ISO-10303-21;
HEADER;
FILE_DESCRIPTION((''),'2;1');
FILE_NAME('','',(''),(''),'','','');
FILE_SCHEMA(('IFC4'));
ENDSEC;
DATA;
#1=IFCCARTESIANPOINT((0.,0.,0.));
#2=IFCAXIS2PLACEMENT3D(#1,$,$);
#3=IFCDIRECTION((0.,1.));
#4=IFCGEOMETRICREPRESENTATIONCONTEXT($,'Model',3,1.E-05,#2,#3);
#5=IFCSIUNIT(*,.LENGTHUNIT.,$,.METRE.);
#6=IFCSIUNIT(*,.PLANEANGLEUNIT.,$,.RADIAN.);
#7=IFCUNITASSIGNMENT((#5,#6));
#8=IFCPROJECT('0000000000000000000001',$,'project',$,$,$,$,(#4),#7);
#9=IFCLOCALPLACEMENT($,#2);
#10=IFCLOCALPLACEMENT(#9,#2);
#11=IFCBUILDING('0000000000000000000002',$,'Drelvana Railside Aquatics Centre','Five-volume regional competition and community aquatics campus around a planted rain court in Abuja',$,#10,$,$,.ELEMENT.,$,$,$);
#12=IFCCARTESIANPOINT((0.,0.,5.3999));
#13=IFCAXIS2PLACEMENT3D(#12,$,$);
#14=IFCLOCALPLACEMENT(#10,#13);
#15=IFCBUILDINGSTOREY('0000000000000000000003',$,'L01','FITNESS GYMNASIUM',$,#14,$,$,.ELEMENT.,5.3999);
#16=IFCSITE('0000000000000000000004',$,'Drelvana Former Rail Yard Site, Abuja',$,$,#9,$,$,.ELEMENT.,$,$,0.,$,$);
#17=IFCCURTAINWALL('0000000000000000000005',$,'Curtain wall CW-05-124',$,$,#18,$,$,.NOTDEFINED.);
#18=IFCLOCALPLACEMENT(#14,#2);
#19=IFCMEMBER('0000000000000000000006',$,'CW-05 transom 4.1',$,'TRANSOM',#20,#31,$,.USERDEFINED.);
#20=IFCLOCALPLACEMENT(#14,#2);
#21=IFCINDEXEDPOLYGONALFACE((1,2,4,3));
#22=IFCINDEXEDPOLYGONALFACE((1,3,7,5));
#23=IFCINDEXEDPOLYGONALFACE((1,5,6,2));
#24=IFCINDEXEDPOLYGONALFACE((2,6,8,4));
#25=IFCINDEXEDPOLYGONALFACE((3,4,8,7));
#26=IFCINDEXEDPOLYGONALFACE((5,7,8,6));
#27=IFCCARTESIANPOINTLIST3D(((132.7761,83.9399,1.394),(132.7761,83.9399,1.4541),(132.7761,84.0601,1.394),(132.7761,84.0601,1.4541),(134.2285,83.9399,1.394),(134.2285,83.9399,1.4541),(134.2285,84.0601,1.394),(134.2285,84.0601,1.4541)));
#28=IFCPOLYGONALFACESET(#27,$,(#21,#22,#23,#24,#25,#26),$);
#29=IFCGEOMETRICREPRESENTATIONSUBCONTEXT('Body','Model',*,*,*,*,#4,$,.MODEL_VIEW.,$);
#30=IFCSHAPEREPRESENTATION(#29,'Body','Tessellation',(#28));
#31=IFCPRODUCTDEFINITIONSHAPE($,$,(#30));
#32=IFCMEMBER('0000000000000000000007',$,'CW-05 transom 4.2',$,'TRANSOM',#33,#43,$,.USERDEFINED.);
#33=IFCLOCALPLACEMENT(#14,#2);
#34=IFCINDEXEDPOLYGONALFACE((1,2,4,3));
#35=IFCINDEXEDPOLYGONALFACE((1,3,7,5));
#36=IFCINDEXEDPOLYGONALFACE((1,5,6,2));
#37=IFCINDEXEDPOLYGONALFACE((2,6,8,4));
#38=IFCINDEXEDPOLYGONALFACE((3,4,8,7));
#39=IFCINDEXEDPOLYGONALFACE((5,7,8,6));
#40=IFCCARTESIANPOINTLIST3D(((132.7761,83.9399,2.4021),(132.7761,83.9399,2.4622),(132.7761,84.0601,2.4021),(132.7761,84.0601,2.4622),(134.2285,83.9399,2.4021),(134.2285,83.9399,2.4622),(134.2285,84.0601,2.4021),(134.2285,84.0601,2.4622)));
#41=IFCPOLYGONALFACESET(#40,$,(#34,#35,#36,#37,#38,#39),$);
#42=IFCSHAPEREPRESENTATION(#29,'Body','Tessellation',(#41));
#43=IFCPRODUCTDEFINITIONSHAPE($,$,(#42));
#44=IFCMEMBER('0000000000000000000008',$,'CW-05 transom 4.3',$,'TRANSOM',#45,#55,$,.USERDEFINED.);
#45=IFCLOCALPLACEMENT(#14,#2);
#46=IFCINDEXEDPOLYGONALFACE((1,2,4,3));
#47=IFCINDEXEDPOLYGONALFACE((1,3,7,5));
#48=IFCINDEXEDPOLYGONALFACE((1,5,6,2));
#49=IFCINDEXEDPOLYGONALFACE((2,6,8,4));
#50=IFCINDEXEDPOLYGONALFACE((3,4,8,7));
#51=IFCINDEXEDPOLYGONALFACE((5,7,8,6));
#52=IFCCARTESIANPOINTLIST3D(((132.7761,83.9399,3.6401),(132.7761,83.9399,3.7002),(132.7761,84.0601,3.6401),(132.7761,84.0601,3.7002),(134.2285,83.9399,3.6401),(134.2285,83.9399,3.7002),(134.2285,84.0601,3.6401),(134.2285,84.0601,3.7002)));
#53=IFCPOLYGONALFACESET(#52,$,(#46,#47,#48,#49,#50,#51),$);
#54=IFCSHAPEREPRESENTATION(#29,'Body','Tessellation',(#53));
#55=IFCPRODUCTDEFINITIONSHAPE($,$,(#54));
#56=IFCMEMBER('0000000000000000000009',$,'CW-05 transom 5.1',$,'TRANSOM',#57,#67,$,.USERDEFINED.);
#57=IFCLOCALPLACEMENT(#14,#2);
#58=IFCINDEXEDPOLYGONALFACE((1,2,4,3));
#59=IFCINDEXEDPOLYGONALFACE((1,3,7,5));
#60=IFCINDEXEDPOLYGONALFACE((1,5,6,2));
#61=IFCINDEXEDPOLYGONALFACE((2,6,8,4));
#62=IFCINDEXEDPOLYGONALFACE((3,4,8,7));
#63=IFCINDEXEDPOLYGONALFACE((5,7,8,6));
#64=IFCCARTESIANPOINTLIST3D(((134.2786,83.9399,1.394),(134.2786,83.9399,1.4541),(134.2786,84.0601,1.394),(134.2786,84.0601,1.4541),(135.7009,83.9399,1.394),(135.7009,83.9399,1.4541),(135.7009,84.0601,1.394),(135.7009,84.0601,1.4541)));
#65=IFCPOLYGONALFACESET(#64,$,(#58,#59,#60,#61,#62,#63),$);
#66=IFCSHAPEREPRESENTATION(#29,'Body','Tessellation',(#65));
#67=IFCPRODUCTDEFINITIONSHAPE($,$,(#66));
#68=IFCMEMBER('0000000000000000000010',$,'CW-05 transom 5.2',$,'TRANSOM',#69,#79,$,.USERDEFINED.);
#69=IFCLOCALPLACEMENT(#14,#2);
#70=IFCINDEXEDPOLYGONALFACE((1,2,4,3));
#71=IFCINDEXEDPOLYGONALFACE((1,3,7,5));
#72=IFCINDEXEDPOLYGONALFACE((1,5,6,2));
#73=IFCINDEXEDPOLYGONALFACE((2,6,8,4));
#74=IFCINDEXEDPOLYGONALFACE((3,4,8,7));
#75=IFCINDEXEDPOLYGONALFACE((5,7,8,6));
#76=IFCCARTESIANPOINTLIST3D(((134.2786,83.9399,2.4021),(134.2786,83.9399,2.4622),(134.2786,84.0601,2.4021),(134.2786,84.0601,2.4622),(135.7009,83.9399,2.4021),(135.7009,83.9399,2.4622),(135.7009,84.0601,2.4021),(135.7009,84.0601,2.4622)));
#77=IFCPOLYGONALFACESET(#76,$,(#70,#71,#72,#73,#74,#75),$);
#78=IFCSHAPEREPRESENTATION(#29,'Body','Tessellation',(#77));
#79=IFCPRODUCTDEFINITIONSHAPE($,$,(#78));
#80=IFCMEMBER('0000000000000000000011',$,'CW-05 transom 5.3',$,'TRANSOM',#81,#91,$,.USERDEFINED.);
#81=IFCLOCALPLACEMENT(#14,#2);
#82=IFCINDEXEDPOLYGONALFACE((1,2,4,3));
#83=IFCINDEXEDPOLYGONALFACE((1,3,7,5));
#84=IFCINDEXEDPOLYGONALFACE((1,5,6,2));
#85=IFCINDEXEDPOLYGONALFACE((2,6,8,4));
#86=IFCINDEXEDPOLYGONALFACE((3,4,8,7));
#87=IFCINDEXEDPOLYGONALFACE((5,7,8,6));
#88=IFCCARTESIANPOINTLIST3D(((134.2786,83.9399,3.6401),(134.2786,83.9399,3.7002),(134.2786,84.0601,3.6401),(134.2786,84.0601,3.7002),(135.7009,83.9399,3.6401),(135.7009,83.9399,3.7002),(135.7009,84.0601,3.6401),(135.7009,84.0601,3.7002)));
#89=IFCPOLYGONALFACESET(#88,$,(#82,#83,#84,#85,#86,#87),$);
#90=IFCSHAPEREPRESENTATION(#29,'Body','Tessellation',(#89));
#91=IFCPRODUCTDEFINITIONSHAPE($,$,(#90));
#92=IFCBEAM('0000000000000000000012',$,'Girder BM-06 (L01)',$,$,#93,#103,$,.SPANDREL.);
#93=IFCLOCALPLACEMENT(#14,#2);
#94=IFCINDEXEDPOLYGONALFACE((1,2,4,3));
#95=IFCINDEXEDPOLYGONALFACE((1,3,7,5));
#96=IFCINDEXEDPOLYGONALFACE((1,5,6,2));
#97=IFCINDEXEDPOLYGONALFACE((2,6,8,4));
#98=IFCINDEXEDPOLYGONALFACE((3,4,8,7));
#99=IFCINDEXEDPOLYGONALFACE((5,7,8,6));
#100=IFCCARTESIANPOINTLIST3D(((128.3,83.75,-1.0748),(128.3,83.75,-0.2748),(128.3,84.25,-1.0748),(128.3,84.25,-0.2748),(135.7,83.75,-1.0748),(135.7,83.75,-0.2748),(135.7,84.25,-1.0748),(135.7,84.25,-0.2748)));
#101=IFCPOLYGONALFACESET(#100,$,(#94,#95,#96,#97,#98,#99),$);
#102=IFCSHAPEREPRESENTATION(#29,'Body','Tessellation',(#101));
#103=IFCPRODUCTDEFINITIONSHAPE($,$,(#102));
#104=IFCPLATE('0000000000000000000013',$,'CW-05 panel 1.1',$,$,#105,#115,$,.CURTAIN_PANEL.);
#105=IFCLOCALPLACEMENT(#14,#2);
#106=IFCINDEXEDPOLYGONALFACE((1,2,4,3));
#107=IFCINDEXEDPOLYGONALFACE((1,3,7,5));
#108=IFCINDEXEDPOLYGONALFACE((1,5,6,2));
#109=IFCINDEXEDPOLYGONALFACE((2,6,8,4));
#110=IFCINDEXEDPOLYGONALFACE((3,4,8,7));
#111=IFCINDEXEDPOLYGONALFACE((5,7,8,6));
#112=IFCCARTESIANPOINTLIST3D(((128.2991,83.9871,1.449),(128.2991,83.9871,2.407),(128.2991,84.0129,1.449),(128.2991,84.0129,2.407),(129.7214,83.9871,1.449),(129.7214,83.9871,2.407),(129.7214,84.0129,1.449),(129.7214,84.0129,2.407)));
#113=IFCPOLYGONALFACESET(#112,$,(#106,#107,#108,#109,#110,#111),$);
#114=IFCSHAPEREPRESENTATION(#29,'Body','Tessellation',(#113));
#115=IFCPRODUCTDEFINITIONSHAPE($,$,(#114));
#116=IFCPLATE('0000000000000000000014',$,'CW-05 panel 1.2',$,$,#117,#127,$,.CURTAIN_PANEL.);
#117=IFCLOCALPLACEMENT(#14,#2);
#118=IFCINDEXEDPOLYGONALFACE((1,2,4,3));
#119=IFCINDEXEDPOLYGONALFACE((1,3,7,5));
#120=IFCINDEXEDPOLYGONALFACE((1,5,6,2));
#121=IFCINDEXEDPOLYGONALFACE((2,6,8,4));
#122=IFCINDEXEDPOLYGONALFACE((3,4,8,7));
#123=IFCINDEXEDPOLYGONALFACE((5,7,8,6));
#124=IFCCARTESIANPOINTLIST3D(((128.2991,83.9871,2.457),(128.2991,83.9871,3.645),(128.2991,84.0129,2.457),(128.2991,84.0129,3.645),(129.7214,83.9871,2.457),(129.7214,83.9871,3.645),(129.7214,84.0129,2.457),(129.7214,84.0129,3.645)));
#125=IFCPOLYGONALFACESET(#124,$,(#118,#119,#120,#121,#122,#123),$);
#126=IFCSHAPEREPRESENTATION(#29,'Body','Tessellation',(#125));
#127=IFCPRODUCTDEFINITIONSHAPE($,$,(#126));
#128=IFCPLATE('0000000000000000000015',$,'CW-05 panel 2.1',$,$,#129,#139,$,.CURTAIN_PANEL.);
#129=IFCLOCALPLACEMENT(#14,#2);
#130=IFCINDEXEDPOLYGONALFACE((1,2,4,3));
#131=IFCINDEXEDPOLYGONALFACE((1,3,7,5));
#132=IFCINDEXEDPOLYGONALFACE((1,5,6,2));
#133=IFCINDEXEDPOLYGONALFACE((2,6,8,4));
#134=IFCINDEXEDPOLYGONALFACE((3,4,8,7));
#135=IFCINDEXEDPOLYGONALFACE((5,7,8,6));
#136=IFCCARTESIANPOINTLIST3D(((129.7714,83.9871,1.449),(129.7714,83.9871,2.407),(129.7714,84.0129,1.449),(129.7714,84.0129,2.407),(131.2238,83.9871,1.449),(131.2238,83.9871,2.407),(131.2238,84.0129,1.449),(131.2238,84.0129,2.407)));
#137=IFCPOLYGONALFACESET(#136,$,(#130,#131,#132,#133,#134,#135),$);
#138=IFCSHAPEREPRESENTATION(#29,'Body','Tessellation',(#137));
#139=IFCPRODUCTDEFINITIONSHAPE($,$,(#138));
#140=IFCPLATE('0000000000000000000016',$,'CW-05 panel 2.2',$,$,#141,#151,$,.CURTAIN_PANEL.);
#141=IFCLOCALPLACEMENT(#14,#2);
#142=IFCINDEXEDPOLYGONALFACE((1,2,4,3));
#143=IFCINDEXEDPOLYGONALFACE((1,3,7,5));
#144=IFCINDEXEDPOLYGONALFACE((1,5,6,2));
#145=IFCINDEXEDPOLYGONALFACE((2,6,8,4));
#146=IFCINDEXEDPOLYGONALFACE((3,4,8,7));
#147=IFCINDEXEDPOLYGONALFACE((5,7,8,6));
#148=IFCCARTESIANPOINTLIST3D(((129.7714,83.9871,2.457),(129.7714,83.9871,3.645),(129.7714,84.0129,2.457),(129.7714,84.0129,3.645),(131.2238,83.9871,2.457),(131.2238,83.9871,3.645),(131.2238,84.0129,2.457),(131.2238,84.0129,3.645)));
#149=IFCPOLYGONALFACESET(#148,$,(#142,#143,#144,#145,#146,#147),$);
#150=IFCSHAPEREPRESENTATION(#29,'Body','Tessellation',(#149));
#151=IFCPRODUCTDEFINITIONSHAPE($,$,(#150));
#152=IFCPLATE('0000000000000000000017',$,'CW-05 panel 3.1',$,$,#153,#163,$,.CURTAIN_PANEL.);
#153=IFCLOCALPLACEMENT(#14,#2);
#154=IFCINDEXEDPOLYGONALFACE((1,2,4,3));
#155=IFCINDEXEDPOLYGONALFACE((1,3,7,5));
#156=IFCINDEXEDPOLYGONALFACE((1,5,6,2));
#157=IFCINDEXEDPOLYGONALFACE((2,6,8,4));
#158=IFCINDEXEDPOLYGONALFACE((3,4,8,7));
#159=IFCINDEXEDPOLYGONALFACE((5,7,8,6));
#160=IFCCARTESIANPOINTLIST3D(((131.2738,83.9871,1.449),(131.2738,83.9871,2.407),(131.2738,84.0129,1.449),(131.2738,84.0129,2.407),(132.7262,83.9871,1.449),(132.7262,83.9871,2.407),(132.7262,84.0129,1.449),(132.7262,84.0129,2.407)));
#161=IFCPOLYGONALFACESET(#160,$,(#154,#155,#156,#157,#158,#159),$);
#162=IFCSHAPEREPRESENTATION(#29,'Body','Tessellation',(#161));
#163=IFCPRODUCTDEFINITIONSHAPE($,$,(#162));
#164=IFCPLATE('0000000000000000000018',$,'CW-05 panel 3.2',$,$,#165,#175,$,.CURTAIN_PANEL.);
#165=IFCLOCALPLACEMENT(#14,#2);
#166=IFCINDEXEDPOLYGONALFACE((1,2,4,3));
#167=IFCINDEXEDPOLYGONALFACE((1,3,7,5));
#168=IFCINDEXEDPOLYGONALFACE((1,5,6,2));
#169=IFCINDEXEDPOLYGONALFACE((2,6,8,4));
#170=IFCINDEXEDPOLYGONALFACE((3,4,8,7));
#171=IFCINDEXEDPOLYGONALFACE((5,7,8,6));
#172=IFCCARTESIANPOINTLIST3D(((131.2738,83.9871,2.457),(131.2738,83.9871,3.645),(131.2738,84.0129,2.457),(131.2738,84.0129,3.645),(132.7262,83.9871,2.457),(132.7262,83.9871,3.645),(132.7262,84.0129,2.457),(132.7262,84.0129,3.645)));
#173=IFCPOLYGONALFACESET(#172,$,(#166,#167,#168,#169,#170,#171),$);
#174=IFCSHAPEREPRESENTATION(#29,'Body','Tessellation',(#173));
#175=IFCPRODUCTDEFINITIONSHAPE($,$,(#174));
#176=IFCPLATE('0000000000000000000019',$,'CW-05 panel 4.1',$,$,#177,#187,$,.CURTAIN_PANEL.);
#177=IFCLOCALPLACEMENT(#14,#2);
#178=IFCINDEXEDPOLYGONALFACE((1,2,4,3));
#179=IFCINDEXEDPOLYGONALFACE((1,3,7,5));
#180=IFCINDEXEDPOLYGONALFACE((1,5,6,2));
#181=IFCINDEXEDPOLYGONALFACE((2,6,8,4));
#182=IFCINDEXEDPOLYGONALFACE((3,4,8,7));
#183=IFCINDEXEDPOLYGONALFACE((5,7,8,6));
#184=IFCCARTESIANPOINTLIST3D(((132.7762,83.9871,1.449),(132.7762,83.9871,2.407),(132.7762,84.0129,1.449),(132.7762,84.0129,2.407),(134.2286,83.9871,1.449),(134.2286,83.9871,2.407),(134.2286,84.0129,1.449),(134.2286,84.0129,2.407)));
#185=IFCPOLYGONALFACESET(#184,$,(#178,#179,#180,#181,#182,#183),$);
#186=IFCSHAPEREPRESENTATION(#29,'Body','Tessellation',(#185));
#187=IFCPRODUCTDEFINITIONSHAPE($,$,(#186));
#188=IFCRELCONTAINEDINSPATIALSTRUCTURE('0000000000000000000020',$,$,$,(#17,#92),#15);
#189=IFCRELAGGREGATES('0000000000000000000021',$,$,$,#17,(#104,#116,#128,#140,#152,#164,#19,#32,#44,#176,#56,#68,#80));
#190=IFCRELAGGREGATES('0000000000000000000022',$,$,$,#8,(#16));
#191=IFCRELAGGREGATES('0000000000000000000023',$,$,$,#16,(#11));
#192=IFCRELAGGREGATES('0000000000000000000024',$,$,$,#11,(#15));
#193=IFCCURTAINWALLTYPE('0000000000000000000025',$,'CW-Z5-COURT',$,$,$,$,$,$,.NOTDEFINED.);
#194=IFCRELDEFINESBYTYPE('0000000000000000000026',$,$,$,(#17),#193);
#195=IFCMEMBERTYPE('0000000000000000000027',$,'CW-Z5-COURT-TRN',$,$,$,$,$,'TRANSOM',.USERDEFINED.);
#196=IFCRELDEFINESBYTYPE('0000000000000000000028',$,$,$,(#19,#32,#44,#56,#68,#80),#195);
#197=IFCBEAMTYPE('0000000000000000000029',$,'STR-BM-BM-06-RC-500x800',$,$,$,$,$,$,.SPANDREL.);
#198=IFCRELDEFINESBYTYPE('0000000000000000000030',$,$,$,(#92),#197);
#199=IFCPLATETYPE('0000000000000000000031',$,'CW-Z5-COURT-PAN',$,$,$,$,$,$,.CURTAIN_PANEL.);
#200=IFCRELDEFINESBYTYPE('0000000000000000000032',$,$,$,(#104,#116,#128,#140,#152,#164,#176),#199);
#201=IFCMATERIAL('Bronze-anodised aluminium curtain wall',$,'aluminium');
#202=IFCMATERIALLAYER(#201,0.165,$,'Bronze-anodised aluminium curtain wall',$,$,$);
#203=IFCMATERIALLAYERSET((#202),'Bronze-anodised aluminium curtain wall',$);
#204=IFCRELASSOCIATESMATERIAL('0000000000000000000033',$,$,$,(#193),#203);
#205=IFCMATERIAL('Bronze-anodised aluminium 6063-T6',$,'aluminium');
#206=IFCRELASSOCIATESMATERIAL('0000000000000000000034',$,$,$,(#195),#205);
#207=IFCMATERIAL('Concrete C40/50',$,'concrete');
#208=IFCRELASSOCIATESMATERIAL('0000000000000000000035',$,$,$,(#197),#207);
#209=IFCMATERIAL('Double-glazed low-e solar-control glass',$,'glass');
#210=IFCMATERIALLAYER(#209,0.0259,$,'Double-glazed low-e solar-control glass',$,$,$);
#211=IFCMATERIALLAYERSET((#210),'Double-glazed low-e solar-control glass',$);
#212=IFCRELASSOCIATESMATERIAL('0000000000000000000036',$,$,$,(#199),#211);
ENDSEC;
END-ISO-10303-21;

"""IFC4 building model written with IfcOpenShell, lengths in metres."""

from ifc_helpers import new_model, si_unit, direction, frame, origin, origin_2d, place, context, subcontext, project, spatial, rectangle, extrude, material, layer, layer_set, material_profile, profile_set, type_object, element, aggregate, save


model = new_model("IFC4")

# Units and contexts
model_context = context("Model", 3, precision=1e-05, world=origin(), true_north=direction((0.0, 1.0)))
body_context = subcontext(model_context, "Body", "Model", "MODEL_VIEW")
ifc_project = project(units=[si_unit("LENGTHUNIT", "METRE"), si_unit("PLANEANGLEUNIT", "RADIAN")], contexts=[model_context])

# Site, building, storey
site_placement = place(None, origin())
site = spatial("IfcSite", under=ifc_project, at=site_placement, Name="Drelvana Former Rail Yard Site, Abuja", CompositionType="ELEMENT", RefElevation=0.0)
building_placement = place(site_placement, origin())
building = spatial("IfcBuilding", under=site, at=building_placement, Name="Drelvana Railside Aquatics Centre", Description="Five-volume regional competition and community aquatics campus around a planted rain court in Abuja", CompositionType="ELEMENT")
storey_placement = place(building_placement, frame((0.0, 0.0, 5.3999)))
storey = spatial("IfcBuildingStorey", under=building, at=storey_placement, Name="L01", Description="FITNESS GYMNASIUM", CompositionType="ELEMENT", Elevation=5.3999)

# Shared definitions
ifc_material_1 = material(Name="Concrete C40/50", Category="concrete")

# Curtain wall, members
ifc_material_2 = material(Name="Bronze-anodised aluminium curtain wall", Category="aluminium")
ifc_layer_1 = layer(ifc_material_2, 0.165, Name="Bronze-anodised aluminium curtain wall")
ifc_layer_set_1 = layer_set([ifc_layer_1], Name="Bronze-anodised aluminium curtain wall")
curtain_wall_type = type_object("IfcCurtainWallType", Name="CW-Z5-COURT", PredefinedType="NOTDEFINED", material=ifc_layer_set_1)
curtain_wall_placement = place(storey_placement, origin())
curtain_wall = element("IfcCurtainWall", 1, at=curtain_wall_placement, inside=storey, type_object=curtain_wall_type, Name="Curtain wall CW-05-124", PredefinedType="NOTDEFINED")
ifc_material_3 = material(Name="Bronze-anodised aluminium 6063-T6", Category="aluminium")
ifc_material_profile_1 = material_profile(ifc_material_3, rectangle(XDim=0.1201, YDim=0.0601, at=origin_2d()), Name="ALU-T 60x120")
ifc_profile_set_1 = profile_set([ifc_material_profile_1], Name="Bronze-anodised aluminium 6063-T6")
member_type_1 = type_object("IfcMemberType", Name="CW-Z5-COURT-TRN", ElementType="TRANSOM", PredefinedType="USERDEFINED", material=ifc_profile_set_1)
member_1_placement = place(storey_placement, frame((132.7761, 84.0, 1.4241), z_axis=(1.0, 0.0, 0.0), x_axis=(0.0, 1.0, 0.0)))
member_1 = element("IfcMember", 2, at=member_1_placement, type_object=member_type_1, Name="CW-05 transom 4.1", ObjectType="TRANSOM", PredefinedType="USERDEFINED", context=body_context, shape_type="SweptSolid", body=[
    extrude(rectangle(XDim=0.1201, YDim=0.0601, at=origin_2d()), origin(), (0.0, 0.0, 1.0), 1.4524),
])
member_2_placement = place(storey_placement, frame((132.7761, 84.0, 2.4321), z_axis=(1.0, 0.0, 0.0), x_axis=(0.0, 1.0, 0.0)))
member_2 = element("IfcMember", 3, at=member_2_placement, type_object=member_type_1, Name="CW-05 transom 4.2", ObjectType="TRANSOM", PredefinedType="USERDEFINED", context=body_context, shape_type="SweptSolid", body=[
    extrude(rectangle(XDim=0.1201, YDim=0.0601, at=origin_2d()), origin(), (0.0, 0.0, 1.0), 1.4524),
])
member_3_placement = place(storey_placement, frame((132.7761, 84.0, 3.6702), z_axis=(1.0, 0.0, 0.0), x_axis=(0.0, 1.0, 0.0)))
member_3 = element("IfcMember", 4, at=member_3_placement, type_object=member_type_1, Name="CW-05 transom 4.3", ObjectType="TRANSOM", PredefinedType="USERDEFINED", context=body_context, shape_type="SweptSolid", body=[
    extrude(rectangle(XDim=0.1201, YDim=0.0601, at=origin_2d()), origin(), (0.0, 0.0, 1.0), 1.4524),
])
member_4_placement = place(storey_placement, frame((134.2786, 84.0, 1.4241), z_axis=(1.0, 0.0, 0.0), x_axis=(0.0, 1.0, 0.0)))
member_4 = element("IfcMember", 5, at=member_4_placement, type_object=member_type_1, Name="CW-05 transom 5.1", ObjectType="TRANSOM", PredefinedType="USERDEFINED", context=body_context, shape_type="SweptSolid", body=[
    extrude(rectangle(XDim=0.1201, YDim=0.0601, at=origin_2d()), origin(), (0.0, 0.0, 1.0), 1.4224),
])
member_5_placement = place(storey_placement, frame((134.2786, 84.0, 2.4321), z_axis=(1.0, 0.0, 0.0), x_axis=(0.0, 1.0, 0.0)))
member_5 = element("IfcMember", 6, at=member_5_placement, type_object=member_type_1, Name="CW-05 transom 5.2", ObjectType="TRANSOM", PredefinedType="USERDEFINED", context=body_context, shape_type="SweptSolid", body=[
    extrude(rectangle(XDim=0.1201, YDim=0.0601, at=origin_2d()), origin(), (0.0, 0.0, 1.0), 1.4224),
])
member_6_placement = place(storey_placement, frame((134.2786, 84.0, 3.6702), z_axis=(1.0, 0.0, 0.0), x_axis=(0.0, 1.0, 0.0)))
member_6 = element("IfcMember", 7, at=member_6_placement, type_object=member_type_1, Name="CW-05 transom 5.3", ObjectType="TRANSOM", PredefinedType="USERDEFINED", context=body_context, shape_type="SweptSolid", body=[
    extrude(rectangle(XDim=0.1201, YDim=0.0601, at=origin_2d()), origin(), (0.0, 0.0, 1.0), 1.4224),
])

# Beam
ifc_material_profile_2 = material_profile(ifc_material_1, rectangle(XDim=0.5, YDim=0.8, at=origin_2d()), Name="RC 500x800")
ifc_profile_set_2 = profile_set([ifc_material_profile_2], Name="Concrete C40/50")
beam_type = type_object("IfcBeamType", Name="STR-BM-BM-06-RC-500x800", PredefinedType="SPANDREL", material=ifc_profile_set_2)
beam_placement = place(storey_placement, frame((128.3, 84.0, -0.6748), z_axis=(1.0, 0.0, 0.0), x_axis=(0.0, 1.0, 0.0)))
element("IfcBeam", 8, at=beam_placement, inside=storey, type_object=beam_type, Name="Girder BM-06 (L01)", PredefinedType="SPANDREL", context=body_context, shape_type="SweptSolid", body=[
    extrude(rectangle(XDim=0.5, YDim=0.8, at=origin_2d()), origin(), (0.0, 0.0, 1.0), 7.3999),
])

# Plates
ifc_material_4 = material(Name="Double-glazed low-e solar-control glass", Category="glass")
ifc_layer_2 = layer(ifc_material_4, 0.0259, Name="Double-glazed low-e solar-control glass")
ifc_layer_set_2 = layer_set([ifc_layer_2], Name="Double-glazed low-e solar-control glass")
plate_type = type_object("IfcPlateType", Name="CW-Z5-COURT-PAN", PredefinedType="CURTAIN_PANEL", material=ifc_layer_set_2)
plate_1_placement = place(storey_placement, frame((129.0103, 84.0, 1.449), z_axis=(0.0, 0.0, 1.0), x_axis=(1.0, 0.0, 0.0)))
plate_1 = element("IfcPlate", 9, at=plate_1_placement, type_object=plate_type, Name="CW-05 panel 1.1", PredefinedType="CURTAIN_PANEL", context=body_context, shape_type="SweptSolid", body=[
    extrude(rectangle(XDim=1.4224, YDim=0.0259, at=origin_2d()), origin(), (0.0, 0.0, 1.0), 0.958),
])
plate_2_placement = place(storey_placement, frame((129.0103, 84.0, 2.457), z_axis=(0.0, 0.0, 1.0), x_axis=(1.0, 0.0, 0.0)))
plate_2 = element("IfcPlate", 10, at=plate_2_placement, type_object=plate_type, Name="CW-05 panel 1.2", PredefinedType="CURTAIN_PANEL", context=body_context, shape_type="SweptSolid", body=[
    extrude(rectangle(XDim=1.4224, YDim=0.0259, at=origin_2d()), origin(), (0.0, 0.0, 1.0), 1.188),
])
plate_3_placement = place(storey_placement, frame((130.4976, 84.0, 1.449), z_axis=(0.0, 0.0, 1.0), x_axis=(1.0, 0.0, 0.0)))
plate_3 = element("IfcPlate", 11, at=plate_3_placement, type_object=plate_type, Name="CW-05 panel 2.1", PredefinedType="CURTAIN_PANEL", context=body_context, shape_type="SweptSolid", body=[
    extrude(rectangle(XDim=1.4524, YDim=0.0259, at=origin_2d()), origin(), (0.0, 0.0, 1.0), 0.958),
])
plate_4_placement = place(storey_placement, frame((130.4976, 84.0, 2.457), z_axis=(0.0, 0.0, 1.0), x_axis=(1.0, 0.0, 0.0)))
plate_4 = element("IfcPlate", 12, at=plate_4_placement, type_object=plate_type, Name="CW-05 panel 2.2", PredefinedType="CURTAIN_PANEL", context=body_context, shape_type="SweptSolid", body=[
    extrude(rectangle(XDim=1.4524, YDim=0.0259, at=origin_2d()), origin(), (0.0, 0.0, 1.0), 1.188),
])
plate_5_placement = place(storey_placement, frame((132.0, 84.0, 1.449), z_axis=(0.0, 0.0, 1.0), x_axis=(1.0, 0.0, 0.0)))
plate_5 = element("IfcPlate", 13, at=plate_5_placement, type_object=plate_type, Name="CW-05 panel 3.1", PredefinedType="CURTAIN_PANEL", context=body_context, shape_type="SweptSolid", body=[
    extrude(rectangle(XDim=1.4524, YDim=0.0259, at=origin_2d()), origin(), (0.0, 0.0, 1.0), 0.958),
])
plate_6_placement = place(storey_placement, frame((132.0, 84.0, 2.457), z_axis=(0.0, 0.0, 1.0), x_axis=(1.0, 0.0, 0.0)))
plate_6 = element("IfcPlate", 14, at=plate_6_placement, type_object=plate_type, Name="CW-05 panel 3.2", PredefinedType="CURTAIN_PANEL", context=body_context, shape_type="SweptSolid", body=[
    extrude(rectangle(XDim=1.4524, YDim=0.0259, at=origin_2d()), origin(), (0.0, 0.0, 1.0), 1.188),
])
plate_7_placement = place(storey_placement, frame((133.5024, 84.0, 1.449), z_axis=(0.0, 0.0, 1.0), x_axis=(1.0, 0.0, 0.0)))
plate_7 = element("IfcPlate", 15, at=plate_7_placement, type_object=plate_type, Name="CW-05 panel 4.1", PredefinedType="CURTAIN_PANEL", context=body_context, shape_type="SweptSolid", body=[
    extrude(rectangle(XDim=1.4524, YDim=0.0259, at=origin_2d()), origin(), (0.0, 0.0, 1.0), 0.958),
])
aggregate(curtain_wall, [plate_1, plate_2, plate_3, plate_4, plate_5, plate_6, member_1, member_2, member_3, plate_7, member_4, member_5, member_6])

save(model, "model.ifc")
